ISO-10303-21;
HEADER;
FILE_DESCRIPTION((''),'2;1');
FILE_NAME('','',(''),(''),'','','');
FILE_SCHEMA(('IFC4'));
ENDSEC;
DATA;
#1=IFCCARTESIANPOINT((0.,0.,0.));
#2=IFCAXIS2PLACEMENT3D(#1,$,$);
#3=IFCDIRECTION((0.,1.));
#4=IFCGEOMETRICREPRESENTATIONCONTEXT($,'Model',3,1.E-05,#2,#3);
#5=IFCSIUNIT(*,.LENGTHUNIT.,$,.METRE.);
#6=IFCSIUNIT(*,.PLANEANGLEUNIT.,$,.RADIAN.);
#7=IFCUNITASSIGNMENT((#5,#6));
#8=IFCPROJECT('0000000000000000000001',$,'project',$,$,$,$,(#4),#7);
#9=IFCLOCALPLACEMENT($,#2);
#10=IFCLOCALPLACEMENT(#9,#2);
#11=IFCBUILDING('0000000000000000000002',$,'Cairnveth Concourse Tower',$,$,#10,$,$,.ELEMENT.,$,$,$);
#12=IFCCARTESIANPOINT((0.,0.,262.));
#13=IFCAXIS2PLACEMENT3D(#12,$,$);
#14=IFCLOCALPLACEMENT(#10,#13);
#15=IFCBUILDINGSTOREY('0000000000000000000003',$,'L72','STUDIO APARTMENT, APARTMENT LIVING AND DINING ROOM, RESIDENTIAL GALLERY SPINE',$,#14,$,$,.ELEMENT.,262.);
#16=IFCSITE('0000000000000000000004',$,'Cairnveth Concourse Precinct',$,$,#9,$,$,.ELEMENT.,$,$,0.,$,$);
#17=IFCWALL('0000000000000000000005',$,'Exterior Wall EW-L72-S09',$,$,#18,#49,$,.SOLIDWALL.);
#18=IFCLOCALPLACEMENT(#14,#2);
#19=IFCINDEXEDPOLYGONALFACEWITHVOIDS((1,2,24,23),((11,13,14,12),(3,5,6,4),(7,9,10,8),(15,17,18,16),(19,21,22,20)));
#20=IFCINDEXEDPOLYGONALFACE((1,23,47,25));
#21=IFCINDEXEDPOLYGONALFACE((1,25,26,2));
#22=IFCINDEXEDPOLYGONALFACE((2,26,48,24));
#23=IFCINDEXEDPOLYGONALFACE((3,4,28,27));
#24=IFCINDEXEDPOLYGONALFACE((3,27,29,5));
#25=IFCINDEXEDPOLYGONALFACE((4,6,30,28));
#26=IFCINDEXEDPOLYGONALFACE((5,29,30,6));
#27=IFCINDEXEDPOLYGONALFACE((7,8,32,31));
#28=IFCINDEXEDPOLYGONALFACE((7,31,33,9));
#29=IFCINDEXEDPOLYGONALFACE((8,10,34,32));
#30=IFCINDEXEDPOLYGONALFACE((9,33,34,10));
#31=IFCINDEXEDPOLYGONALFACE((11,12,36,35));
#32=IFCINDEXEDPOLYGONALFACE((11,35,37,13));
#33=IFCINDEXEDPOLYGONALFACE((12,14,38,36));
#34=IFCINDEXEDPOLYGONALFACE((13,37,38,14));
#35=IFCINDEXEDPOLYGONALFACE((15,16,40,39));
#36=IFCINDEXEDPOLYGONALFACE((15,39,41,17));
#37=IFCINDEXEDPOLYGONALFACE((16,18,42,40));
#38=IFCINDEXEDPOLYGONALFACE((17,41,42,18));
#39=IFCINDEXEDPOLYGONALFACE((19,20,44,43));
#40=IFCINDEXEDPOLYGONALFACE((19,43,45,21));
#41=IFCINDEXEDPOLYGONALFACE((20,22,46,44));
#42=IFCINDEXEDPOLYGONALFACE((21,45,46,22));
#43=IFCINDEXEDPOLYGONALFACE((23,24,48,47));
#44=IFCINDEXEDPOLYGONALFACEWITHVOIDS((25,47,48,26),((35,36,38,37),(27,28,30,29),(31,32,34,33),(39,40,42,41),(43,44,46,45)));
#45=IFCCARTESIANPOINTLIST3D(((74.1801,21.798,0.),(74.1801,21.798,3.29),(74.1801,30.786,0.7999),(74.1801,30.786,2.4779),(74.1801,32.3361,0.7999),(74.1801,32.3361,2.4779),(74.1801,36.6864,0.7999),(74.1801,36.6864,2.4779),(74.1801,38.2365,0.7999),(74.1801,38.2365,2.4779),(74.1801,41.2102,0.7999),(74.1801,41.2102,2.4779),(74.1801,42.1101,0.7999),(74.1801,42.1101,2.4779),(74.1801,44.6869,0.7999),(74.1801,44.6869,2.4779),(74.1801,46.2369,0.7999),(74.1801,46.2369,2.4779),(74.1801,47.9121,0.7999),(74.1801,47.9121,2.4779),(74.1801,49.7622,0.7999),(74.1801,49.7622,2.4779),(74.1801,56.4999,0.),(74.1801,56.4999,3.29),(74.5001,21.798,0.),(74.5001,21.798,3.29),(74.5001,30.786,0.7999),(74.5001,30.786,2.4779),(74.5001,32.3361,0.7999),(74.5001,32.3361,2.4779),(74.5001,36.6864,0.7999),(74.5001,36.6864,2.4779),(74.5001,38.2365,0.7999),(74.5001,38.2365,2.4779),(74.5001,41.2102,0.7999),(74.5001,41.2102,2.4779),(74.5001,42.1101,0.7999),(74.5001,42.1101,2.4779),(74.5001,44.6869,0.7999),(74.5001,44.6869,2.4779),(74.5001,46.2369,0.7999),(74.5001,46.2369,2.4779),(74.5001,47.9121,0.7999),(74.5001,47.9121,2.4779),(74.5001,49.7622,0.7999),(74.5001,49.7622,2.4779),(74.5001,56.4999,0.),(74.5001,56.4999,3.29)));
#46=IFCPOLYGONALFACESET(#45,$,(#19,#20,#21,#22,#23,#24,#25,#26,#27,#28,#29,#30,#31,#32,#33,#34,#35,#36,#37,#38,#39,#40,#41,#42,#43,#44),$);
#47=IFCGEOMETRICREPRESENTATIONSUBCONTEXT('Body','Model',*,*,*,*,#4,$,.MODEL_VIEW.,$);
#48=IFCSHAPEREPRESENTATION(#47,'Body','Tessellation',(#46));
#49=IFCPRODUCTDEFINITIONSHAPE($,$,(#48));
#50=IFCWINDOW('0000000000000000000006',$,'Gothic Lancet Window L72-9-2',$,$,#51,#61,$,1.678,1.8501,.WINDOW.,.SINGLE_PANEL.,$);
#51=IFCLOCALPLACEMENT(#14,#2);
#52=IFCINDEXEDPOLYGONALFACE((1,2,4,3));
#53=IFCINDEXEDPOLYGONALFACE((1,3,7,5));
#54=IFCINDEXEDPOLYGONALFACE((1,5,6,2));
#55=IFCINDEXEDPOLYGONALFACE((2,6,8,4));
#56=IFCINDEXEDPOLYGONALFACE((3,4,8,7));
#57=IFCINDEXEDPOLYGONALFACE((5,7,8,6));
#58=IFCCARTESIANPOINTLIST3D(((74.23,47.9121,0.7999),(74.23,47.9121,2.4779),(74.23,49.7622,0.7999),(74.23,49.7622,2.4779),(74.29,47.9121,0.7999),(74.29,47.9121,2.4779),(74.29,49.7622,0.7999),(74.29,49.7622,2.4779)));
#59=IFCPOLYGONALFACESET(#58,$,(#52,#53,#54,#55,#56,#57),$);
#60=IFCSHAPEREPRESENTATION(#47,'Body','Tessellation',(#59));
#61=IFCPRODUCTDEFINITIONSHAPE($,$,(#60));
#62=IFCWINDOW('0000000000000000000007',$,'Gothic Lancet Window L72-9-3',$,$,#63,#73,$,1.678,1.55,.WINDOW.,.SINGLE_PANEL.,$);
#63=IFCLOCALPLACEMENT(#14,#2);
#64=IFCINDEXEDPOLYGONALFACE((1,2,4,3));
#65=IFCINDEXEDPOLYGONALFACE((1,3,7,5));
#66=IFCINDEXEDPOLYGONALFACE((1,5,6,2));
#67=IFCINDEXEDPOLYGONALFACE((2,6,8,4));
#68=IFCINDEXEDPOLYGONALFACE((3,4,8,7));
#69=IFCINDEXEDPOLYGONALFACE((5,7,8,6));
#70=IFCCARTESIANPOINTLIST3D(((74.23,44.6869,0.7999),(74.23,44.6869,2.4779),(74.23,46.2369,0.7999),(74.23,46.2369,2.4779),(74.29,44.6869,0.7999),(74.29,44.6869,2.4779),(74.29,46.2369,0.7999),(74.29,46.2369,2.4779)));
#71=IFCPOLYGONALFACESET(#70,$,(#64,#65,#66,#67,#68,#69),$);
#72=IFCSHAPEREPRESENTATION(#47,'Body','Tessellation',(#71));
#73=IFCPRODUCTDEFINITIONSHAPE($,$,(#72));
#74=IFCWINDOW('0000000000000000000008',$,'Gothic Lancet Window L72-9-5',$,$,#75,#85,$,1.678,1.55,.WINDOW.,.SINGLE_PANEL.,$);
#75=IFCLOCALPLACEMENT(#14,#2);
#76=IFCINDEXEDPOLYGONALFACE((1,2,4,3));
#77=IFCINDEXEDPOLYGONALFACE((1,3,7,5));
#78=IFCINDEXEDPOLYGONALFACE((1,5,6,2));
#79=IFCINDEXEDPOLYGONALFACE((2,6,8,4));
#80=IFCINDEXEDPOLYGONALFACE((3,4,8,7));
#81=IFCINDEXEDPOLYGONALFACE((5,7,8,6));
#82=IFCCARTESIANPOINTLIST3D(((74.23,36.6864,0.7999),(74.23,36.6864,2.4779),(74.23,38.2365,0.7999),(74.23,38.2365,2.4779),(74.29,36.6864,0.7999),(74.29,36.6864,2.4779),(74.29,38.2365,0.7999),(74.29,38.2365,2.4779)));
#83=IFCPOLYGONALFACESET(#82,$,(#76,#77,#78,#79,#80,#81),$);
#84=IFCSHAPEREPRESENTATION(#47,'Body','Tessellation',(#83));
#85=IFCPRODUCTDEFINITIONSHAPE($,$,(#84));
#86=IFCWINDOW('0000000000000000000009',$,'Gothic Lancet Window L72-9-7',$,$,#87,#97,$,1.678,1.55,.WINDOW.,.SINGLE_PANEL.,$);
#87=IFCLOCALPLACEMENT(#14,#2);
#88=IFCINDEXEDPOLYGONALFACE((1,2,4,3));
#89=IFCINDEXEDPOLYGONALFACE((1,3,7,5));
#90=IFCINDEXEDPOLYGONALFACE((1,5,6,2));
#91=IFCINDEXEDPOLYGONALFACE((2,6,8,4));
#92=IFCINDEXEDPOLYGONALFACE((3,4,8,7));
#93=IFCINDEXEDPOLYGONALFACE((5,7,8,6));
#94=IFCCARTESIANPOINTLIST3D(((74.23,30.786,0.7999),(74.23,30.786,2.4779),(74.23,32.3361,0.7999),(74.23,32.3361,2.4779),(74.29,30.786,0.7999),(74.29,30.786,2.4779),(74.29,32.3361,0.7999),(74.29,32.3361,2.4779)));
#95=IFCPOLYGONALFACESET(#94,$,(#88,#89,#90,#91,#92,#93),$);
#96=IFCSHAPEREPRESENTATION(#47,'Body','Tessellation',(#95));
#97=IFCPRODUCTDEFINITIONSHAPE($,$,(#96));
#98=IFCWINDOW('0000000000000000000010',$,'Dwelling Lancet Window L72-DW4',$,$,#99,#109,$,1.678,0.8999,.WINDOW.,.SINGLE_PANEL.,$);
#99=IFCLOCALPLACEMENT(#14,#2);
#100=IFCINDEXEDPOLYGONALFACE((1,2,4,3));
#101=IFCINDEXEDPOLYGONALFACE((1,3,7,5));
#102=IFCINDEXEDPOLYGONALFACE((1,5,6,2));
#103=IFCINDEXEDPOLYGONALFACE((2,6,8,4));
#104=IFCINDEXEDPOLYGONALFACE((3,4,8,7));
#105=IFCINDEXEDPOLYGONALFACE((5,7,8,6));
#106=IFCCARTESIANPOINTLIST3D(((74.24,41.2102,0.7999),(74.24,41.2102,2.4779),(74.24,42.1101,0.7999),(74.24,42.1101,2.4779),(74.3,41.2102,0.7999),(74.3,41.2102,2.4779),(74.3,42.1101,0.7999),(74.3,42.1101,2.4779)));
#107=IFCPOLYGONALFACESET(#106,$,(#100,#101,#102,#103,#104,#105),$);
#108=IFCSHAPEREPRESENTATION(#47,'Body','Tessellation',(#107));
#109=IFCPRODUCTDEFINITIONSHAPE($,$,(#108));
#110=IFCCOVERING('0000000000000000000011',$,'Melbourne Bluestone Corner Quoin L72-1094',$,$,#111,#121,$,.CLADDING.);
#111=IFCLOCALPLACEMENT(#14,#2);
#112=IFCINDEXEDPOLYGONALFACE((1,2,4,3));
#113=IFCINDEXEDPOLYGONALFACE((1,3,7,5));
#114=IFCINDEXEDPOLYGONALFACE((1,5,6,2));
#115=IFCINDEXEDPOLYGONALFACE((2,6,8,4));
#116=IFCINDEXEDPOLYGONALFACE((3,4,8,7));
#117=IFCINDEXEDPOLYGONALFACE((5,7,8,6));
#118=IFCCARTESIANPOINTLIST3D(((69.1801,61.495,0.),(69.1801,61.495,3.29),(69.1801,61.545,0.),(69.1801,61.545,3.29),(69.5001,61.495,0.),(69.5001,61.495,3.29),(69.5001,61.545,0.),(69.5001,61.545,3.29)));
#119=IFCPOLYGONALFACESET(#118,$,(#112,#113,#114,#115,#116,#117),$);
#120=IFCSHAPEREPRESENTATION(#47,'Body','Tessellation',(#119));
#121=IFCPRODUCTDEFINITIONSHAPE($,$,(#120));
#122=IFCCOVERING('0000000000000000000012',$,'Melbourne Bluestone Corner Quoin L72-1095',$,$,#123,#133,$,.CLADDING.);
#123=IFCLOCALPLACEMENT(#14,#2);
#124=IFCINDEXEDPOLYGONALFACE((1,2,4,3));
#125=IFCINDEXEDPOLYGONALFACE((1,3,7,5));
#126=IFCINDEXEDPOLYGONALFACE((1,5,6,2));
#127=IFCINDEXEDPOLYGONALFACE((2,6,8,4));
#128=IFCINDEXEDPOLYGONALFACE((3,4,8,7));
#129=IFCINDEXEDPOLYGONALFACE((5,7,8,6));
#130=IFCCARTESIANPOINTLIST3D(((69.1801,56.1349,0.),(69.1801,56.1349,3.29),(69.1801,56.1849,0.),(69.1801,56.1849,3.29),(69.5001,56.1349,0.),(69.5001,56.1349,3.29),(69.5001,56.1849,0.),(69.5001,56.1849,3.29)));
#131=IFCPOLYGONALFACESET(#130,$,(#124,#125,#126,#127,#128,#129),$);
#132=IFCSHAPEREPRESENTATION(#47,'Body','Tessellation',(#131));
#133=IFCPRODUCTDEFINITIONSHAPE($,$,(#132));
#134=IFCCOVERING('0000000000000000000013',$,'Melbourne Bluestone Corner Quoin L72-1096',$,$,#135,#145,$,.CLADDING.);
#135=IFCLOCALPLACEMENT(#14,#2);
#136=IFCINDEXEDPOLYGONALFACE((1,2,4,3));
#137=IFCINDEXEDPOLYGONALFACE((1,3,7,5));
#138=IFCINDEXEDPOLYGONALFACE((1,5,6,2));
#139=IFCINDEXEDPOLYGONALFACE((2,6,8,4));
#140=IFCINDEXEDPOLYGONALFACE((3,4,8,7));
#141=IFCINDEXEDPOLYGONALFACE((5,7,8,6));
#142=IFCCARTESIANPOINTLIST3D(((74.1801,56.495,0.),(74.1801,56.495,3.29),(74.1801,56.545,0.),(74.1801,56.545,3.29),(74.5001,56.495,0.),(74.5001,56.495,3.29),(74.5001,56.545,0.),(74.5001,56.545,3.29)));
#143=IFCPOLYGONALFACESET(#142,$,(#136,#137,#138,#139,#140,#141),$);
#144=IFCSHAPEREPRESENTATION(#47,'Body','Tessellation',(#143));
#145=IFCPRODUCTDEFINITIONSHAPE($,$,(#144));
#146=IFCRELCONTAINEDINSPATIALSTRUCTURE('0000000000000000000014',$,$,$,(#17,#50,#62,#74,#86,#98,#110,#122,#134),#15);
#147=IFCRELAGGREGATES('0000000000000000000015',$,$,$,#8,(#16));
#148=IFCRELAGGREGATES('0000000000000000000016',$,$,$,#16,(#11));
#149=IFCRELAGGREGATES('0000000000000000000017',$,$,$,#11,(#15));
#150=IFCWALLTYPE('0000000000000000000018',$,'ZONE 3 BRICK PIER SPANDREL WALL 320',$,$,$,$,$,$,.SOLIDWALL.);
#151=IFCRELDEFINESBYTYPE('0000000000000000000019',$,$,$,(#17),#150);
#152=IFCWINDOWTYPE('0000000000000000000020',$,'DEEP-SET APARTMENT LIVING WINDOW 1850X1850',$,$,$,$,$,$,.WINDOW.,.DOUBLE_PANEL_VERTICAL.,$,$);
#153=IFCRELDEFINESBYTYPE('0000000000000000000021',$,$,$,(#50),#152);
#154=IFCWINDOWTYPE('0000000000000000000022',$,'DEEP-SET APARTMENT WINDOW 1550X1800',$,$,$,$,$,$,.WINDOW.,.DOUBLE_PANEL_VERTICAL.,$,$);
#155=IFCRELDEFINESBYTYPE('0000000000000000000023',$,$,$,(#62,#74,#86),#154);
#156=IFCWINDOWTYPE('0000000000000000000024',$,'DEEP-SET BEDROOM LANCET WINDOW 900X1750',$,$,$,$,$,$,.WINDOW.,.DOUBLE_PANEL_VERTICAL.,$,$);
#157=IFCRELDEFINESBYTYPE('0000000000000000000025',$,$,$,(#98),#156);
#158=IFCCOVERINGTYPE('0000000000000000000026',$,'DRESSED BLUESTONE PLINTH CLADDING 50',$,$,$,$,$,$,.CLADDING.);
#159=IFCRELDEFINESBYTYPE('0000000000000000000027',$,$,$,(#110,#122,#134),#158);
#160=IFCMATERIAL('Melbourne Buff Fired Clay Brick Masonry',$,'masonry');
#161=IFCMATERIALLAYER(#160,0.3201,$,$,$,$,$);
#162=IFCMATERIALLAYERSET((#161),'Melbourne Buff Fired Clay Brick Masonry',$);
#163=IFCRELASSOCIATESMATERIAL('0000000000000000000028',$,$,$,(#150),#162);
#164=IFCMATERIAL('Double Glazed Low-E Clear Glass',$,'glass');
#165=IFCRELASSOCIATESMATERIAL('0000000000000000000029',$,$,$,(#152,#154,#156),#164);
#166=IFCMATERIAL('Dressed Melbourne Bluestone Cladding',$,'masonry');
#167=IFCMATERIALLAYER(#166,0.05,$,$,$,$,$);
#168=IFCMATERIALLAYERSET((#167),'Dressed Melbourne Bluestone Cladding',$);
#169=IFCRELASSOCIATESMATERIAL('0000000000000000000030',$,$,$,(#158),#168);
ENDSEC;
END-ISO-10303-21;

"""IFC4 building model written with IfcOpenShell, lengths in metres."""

from ifc_helpers import new_model, si_unit, direction, frame, frame_2d, origin, place, context, subcontext, project, spatial, rectangle, extrude, material, layer, layer_set, type_object, element, fill, save


model = new_model("IFC4")

# Units and contexts
model_context = context("Model", 3, precision=1e-05, world=origin(), true_north=direction((0.0, 1.0)))
body_context = subcontext(model_context, "Body", "Model", "MODEL_VIEW")
ifc_project = project(units=[si_unit("LENGTHUNIT", "METRE"), si_unit("PLANEANGLEUNIT", "RADIAN")], contexts=[model_context])

# Site, building, storey
site_placement = place(None, origin())
site = spatial("IfcSite", under=ifc_project, at=site_placement, Name="Cairnveth Concourse Precinct", CompositionType="ELEMENT", RefElevation=0.0)
building_placement = place(site_placement, origin())
building = spatial("IfcBuilding", under=site, at=building_placement, Name="Cairnveth Concourse Tower", CompositionType="ELEMENT")
storey_placement = place(building_placement, frame((0.0, 0.0, 262.0)))
storey = spatial("IfcBuildingStorey", under=building, at=storey_placement, Name="L72", Description="STUDIO APARTMENT, APARTMENT LIVING AND DINING ROOM, RESIDENTIAL GALLERY SPINE", CompositionType="ELEMENT", Elevation=262.0)

# Shared definitions
ifc_material_1 = material(Name="Melbourne Buff Fired Clay Brick Masonry", Category="masonry")
ifc_layer_1 = layer(ifc_material_1, 0.3201)
ifc_layer_set_1 = layer_set([ifc_layer_1], Name="Melbourne Buff Fired Clay Brick Masonry")
wall_type_1 = type_object("IfcWallType", Name="ZONE 3 BRICK PIER SPANDREL WALL 320", PredefinedType="SOLIDWALL", material=ifc_layer_set_1)

# Wall, openings, windows
wall_1_placement = place(storey_placement, frame((74.3401, 56.5, 0.0), z_axis=(0.0, 0.0, 1.0), x_axis=(0.0, -1.0, 0.0)))
wall_1 = element("IfcWall", 1, at=wall_1_placement, inside=storey, type_object=wall_type_1, Name="Exterior Wall EW-L72-S09", PredefinedType="SOLIDWALL", context=body_context, shape_type="SweptSolid", body=[
    extrude(rectangle(XDim=34.7019, YDim=0.3201, at=frame_2d((17.3511, 0.0))), origin(), (0.0, 0.0, 1.0), 3.29),
])
opening_1_placement = place(wall_1_placement, frame((6.7378, 0.0, 0.8)))
opening_1 = element("IfcOpeningElement", 2, at=opening_1_placement, cuts=wall_1, PredefinedType="OPENING", context=body_context, shape_type="SweptSolid", body=[
    extrude(rectangle(XDim=1.8501, YDim=1.678, at=frame_2d((0.925, 0.8389))), frame((0.0, 0.1699, 0.0), z_axis=(0.0, -1.0, 0.0), x_axis=(1.0, 0.0, 0.0)), (0.0, 0.0, 1.0), 0.3401),
])
opening_2_placement = place(wall_1_placement, frame((10.2632, 0.0, 0.8)))
opening_2 = element("IfcOpeningElement", 3, at=opening_2_placement, cuts=wall_1, PredefinedType="OPENING", context=body_context, shape_type="SweptSolid", body=[
    extrude(rectangle(XDim=1.55, YDim=1.678, at=frame_2d((0.7749, 0.8389))), frame((0.0, 0.1699, 0.0), z_axis=(0.0, -1.0, 0.0), x_axis=(1.0, 0.0, 0.0)), (0.0, 0.0, 1.0), 0.3401),
])
opening_3_placement = place(wall_1_placement, frame((18.2637, 0.0, 0.8)))
opening_3 = element("IfcOpeningElement", 4, at=opening_3_placement, cuts=wall_1, PredefinedType="OPENING", context=body_context, shape_type="SweptSolid", body=[
    extrude(rectangle(XDim=1.55, YDim=1.678, at=frame_2d((0.7749, 0.8389))), frame((0.0, 0.1699, 0.0), z_axis=(0.0, -1.0, 0.0), x_axis=(1.0, 0.0, 0.0)), (0.0, 0.0, 1.0), 0.3401),
])
opening_4_placement = place(wall_1_placement, frame((24.1641, 0.0, 0.8)))
opening_4 = element("IfcOpeningElement", 5, at=opening_4_placement, cuts=wall_1, PredefinedType="OPENING", context=body_context, shape_type="SweptSolid", body=[
    extrude(rectangle(XDim=1.55, YDim=1.678, at=frame_2d((0.7749, 0.8389))), frame((0.0, 0.1699, 0.0), z_axis=(0.0, -1.0, 0.0), x_axis=(1.0, 0.0, 0.0)), (0.0, 0.0, 1.0), 0.3401),
])
opening_5_placement = place(wall_1_placement, frame((14.3899, 0.0, 0.8)))
opening_5 = element("IfcOpeningElement", 6, at=opening_5_placement, cuts=wall_1, PredefinedType="OPENING", context=body_context, shape_type="SweptSolid", body=[
    extrude(rectangle(XDim=0.8999, YDim=1.678, at=frame_2d((0.45, 0.8389))), frame((0.0, 0.1699, 0.0), z_axis=(0.0, -1.0, 0.0), x_axis=(1.0, 0.0, 0.0)), (0.0, 0.0, 1.0), 0.3401),
])
ifc_material_2 = material(Name="Double Glazed Low-E Clear Glass", Category="glass")
window_type_1 = type_object("IfcWindowType", Name="DEEP-SET APARTMENT LIVING WINDOW 1850X1850", PartitioningType="DOUBLE_PANEL_VERTICAL", PredefinedType="WINDOW", material=ifc_material_2)
window_1_placement = place(opening_1_placement, origin())
window_1 = element("IfcWindow", 7, at=window_1_placement, inside=storey, type_object=window_type_1, Name="Gothic Lancet Window L72-9-2", OverallHeight=1.678, OverallWidth=1.8501, PartitioningType="SINGLE_PANEL", PredefinedType="WINDOW", context=body_context, shape_type="SweptSolid", body=[
    extrude(rectangle(XDim=1.8501, YDim=1.678, at=frame_2d((0.925, 0.8389))), frame((0.0, -0.05, 0.0), z_axis=(0.0, -1.0, 0.0), x_axis=(1.0, 0.0, 0.0)), (0.0, 0.0, 1.0), 0.0601),
])
fill(opening_1, window_1)
window_type_2 = type_object("IfcWindowType", Name="DEEP-SET APARTMENT WINDOW 1550X1800", PartitioningType="DOUBLE_PANEL_VERTICAL", PredefinedType="WINDOW", material=ifc_material_2)
window_2_placement = place(opening_2_placement, origin())
window_2 = element("IfcWindow", 8, at=window_2_placement, inside=storey, type_object=window_type_2, Name="Gothic Lancet Window L72-9-3", OverallHeight=1.678, OverallWidth=1.55, PartitioningType="SINGLE_PANEL", PredefinedType="WINDOW", context=body_context, shape_type="SweptSolid", body=[
    extrude(rectangle(XDim=1.55, YDim=1.678, at=frame_2d((0.7749, 0.8389))), frame((0.0, -0.05, 0.0), z_axis=(0.0, -1.0, 0.0), x_axis=(1.0, 0.0, 0.0)), (0.0, 0.0, 1.0), 0.0601),
])
fill(opening_2, window_2)
window_3_placement = place(opening_3_placement, origin())
window_3 = element("IfcWindow", 9, at=window_3_placement, inside=storey, type_object=window_type_2, Name="Gothic Lancet Window L72-9-5", OverallHeight=1.678, OverallWidth=1.55, PartitioningType="SINGLE_PANEL", PredefinedType="WINDOW", context=body_context, shape_type="SweptSolid", body=[
    extrude(rectangle(XDim=1.55, YDim=1.678, at=frame_2d((0.7749, 0.8389))), frame((0.0, -0.05, 0.0), z_axis=(0.0, -1.0, 0.0), x_axis=(1.0, 0.0, 0.0)), (0.0, 0.0, 1.0), 0.0601),
])
fill(opening_3, window_3)
window_4_placement = place(opening_4_placement, origin())
window_4 = element("IfcWindow", 10, at=window_4_placement, inside=storey, type_object=window_type_2, Name="Gothic Lancet Window L72-9-7", OverallHeight=1.678, OverallWidth=1.55, PartitioningType="SINGLE_PANEL", PredefinedType="WINDOW", context=body_context, shape_type="SweptSolid", body=[
    extrude(rectangle(XDim=1.55, YDim=1.678, at=frame_2d((0.7749, 0.8389))), frame((0.0, -0.05, 0.0), z_axis=(0.0, -1.0, 0.0), x_axis=(1.0, 0.0, 0.0)), (0.0, 0.0, 1.0), 0.0601),
])
fill(opening_4, window_4)
window_type_3 = type_object("IfcWindowType", Name="DEEP-SET BEDROOM LANCET WINDOW 900X1750", PartitioningType="DOUBLE_PANEL_VERTICAL", PredefinedType="WINDOW", material=ifc_material_2)
window_5_placement = place(opening_5_placement, origin())
window_5 = element("IfcWindow", 11, at=window_5_placement, inside=storey, type_object=window_type_3, Name="Dwelling Lancet Window L72-DW4", OverallHeight=1.678, OverallWidth=0.8999, PartitioningType="SINGLE_PANEL", PredefinedType="WINDOW", context=body_context, shape_type="SweptSolid", body=[
    extrude(rectangle(XDim=0.8999, YDim=1.678, at=frame_2d((0.45, 0.8389))), frame((0.0, -0.04, 0.0), z_axis=(0.0, -1.0, 0.0), x_axis=(1.0, 0.0, 0.0)), (0.0, 0.0, 1.0), 0.0601),
])
fill(opening_5, window_5)

# Coverings
ifc_material_3 = material(Name="Dressed Melbourne Bluestone Cladding", Category="masonry")
ifc_layer_2 = layer(ifc_material_3, 0.05)
ifc_layer_set_2 = layer_set([ifc_layer_2], Name="Dressed Melbourne Bluestone Cladding")
covering_type = type_object("IfcCoveringType", Name="DRESSED BLUESTONE PLINTH CLADDING 50", PredefinedType="CLADDING", material=ifc_layer_set_2)
for number, where, z_axis, x_axis, name in (
    (12, (69.1799, 61.52, 0.0), (0.0, 0.0, 1.0), (1.0, 0.0, 0.0), "Melbourne Bluestone Corner Quoin L72-1094"),
    (13, (69.1799, 56.1599, 0.0), (0.0, 0.0, 1.0), (1.0, 0.0, 0.0), "Melbourne Bluestone Corner Quoin L72-1095"),
    (14, (74.1799, 56.52, 0.0), (0.0, 0.0, 1.0), (1.0, 0.0, 0.0), "Melbourne Bluestone Corner Quoin L72-1096"),
):
    element("IfcCovering", number, at=place(storey_placement, frame(where, z_axis=z_axis, x_axis=x_axis)), inside=storey, type_object=covering_type, Name=name, PredefinedType="CLADDING", context=body_context, shape_type="SweptSolid", body=[
        extrude(rectangle(XDim=0.3201, YDim=0.05, at=frame_2d((0.1602, 0.0))), origin(), (0.0, 0.0, 1.0), 3.29),
    ])

save(model, "model.ifc")
